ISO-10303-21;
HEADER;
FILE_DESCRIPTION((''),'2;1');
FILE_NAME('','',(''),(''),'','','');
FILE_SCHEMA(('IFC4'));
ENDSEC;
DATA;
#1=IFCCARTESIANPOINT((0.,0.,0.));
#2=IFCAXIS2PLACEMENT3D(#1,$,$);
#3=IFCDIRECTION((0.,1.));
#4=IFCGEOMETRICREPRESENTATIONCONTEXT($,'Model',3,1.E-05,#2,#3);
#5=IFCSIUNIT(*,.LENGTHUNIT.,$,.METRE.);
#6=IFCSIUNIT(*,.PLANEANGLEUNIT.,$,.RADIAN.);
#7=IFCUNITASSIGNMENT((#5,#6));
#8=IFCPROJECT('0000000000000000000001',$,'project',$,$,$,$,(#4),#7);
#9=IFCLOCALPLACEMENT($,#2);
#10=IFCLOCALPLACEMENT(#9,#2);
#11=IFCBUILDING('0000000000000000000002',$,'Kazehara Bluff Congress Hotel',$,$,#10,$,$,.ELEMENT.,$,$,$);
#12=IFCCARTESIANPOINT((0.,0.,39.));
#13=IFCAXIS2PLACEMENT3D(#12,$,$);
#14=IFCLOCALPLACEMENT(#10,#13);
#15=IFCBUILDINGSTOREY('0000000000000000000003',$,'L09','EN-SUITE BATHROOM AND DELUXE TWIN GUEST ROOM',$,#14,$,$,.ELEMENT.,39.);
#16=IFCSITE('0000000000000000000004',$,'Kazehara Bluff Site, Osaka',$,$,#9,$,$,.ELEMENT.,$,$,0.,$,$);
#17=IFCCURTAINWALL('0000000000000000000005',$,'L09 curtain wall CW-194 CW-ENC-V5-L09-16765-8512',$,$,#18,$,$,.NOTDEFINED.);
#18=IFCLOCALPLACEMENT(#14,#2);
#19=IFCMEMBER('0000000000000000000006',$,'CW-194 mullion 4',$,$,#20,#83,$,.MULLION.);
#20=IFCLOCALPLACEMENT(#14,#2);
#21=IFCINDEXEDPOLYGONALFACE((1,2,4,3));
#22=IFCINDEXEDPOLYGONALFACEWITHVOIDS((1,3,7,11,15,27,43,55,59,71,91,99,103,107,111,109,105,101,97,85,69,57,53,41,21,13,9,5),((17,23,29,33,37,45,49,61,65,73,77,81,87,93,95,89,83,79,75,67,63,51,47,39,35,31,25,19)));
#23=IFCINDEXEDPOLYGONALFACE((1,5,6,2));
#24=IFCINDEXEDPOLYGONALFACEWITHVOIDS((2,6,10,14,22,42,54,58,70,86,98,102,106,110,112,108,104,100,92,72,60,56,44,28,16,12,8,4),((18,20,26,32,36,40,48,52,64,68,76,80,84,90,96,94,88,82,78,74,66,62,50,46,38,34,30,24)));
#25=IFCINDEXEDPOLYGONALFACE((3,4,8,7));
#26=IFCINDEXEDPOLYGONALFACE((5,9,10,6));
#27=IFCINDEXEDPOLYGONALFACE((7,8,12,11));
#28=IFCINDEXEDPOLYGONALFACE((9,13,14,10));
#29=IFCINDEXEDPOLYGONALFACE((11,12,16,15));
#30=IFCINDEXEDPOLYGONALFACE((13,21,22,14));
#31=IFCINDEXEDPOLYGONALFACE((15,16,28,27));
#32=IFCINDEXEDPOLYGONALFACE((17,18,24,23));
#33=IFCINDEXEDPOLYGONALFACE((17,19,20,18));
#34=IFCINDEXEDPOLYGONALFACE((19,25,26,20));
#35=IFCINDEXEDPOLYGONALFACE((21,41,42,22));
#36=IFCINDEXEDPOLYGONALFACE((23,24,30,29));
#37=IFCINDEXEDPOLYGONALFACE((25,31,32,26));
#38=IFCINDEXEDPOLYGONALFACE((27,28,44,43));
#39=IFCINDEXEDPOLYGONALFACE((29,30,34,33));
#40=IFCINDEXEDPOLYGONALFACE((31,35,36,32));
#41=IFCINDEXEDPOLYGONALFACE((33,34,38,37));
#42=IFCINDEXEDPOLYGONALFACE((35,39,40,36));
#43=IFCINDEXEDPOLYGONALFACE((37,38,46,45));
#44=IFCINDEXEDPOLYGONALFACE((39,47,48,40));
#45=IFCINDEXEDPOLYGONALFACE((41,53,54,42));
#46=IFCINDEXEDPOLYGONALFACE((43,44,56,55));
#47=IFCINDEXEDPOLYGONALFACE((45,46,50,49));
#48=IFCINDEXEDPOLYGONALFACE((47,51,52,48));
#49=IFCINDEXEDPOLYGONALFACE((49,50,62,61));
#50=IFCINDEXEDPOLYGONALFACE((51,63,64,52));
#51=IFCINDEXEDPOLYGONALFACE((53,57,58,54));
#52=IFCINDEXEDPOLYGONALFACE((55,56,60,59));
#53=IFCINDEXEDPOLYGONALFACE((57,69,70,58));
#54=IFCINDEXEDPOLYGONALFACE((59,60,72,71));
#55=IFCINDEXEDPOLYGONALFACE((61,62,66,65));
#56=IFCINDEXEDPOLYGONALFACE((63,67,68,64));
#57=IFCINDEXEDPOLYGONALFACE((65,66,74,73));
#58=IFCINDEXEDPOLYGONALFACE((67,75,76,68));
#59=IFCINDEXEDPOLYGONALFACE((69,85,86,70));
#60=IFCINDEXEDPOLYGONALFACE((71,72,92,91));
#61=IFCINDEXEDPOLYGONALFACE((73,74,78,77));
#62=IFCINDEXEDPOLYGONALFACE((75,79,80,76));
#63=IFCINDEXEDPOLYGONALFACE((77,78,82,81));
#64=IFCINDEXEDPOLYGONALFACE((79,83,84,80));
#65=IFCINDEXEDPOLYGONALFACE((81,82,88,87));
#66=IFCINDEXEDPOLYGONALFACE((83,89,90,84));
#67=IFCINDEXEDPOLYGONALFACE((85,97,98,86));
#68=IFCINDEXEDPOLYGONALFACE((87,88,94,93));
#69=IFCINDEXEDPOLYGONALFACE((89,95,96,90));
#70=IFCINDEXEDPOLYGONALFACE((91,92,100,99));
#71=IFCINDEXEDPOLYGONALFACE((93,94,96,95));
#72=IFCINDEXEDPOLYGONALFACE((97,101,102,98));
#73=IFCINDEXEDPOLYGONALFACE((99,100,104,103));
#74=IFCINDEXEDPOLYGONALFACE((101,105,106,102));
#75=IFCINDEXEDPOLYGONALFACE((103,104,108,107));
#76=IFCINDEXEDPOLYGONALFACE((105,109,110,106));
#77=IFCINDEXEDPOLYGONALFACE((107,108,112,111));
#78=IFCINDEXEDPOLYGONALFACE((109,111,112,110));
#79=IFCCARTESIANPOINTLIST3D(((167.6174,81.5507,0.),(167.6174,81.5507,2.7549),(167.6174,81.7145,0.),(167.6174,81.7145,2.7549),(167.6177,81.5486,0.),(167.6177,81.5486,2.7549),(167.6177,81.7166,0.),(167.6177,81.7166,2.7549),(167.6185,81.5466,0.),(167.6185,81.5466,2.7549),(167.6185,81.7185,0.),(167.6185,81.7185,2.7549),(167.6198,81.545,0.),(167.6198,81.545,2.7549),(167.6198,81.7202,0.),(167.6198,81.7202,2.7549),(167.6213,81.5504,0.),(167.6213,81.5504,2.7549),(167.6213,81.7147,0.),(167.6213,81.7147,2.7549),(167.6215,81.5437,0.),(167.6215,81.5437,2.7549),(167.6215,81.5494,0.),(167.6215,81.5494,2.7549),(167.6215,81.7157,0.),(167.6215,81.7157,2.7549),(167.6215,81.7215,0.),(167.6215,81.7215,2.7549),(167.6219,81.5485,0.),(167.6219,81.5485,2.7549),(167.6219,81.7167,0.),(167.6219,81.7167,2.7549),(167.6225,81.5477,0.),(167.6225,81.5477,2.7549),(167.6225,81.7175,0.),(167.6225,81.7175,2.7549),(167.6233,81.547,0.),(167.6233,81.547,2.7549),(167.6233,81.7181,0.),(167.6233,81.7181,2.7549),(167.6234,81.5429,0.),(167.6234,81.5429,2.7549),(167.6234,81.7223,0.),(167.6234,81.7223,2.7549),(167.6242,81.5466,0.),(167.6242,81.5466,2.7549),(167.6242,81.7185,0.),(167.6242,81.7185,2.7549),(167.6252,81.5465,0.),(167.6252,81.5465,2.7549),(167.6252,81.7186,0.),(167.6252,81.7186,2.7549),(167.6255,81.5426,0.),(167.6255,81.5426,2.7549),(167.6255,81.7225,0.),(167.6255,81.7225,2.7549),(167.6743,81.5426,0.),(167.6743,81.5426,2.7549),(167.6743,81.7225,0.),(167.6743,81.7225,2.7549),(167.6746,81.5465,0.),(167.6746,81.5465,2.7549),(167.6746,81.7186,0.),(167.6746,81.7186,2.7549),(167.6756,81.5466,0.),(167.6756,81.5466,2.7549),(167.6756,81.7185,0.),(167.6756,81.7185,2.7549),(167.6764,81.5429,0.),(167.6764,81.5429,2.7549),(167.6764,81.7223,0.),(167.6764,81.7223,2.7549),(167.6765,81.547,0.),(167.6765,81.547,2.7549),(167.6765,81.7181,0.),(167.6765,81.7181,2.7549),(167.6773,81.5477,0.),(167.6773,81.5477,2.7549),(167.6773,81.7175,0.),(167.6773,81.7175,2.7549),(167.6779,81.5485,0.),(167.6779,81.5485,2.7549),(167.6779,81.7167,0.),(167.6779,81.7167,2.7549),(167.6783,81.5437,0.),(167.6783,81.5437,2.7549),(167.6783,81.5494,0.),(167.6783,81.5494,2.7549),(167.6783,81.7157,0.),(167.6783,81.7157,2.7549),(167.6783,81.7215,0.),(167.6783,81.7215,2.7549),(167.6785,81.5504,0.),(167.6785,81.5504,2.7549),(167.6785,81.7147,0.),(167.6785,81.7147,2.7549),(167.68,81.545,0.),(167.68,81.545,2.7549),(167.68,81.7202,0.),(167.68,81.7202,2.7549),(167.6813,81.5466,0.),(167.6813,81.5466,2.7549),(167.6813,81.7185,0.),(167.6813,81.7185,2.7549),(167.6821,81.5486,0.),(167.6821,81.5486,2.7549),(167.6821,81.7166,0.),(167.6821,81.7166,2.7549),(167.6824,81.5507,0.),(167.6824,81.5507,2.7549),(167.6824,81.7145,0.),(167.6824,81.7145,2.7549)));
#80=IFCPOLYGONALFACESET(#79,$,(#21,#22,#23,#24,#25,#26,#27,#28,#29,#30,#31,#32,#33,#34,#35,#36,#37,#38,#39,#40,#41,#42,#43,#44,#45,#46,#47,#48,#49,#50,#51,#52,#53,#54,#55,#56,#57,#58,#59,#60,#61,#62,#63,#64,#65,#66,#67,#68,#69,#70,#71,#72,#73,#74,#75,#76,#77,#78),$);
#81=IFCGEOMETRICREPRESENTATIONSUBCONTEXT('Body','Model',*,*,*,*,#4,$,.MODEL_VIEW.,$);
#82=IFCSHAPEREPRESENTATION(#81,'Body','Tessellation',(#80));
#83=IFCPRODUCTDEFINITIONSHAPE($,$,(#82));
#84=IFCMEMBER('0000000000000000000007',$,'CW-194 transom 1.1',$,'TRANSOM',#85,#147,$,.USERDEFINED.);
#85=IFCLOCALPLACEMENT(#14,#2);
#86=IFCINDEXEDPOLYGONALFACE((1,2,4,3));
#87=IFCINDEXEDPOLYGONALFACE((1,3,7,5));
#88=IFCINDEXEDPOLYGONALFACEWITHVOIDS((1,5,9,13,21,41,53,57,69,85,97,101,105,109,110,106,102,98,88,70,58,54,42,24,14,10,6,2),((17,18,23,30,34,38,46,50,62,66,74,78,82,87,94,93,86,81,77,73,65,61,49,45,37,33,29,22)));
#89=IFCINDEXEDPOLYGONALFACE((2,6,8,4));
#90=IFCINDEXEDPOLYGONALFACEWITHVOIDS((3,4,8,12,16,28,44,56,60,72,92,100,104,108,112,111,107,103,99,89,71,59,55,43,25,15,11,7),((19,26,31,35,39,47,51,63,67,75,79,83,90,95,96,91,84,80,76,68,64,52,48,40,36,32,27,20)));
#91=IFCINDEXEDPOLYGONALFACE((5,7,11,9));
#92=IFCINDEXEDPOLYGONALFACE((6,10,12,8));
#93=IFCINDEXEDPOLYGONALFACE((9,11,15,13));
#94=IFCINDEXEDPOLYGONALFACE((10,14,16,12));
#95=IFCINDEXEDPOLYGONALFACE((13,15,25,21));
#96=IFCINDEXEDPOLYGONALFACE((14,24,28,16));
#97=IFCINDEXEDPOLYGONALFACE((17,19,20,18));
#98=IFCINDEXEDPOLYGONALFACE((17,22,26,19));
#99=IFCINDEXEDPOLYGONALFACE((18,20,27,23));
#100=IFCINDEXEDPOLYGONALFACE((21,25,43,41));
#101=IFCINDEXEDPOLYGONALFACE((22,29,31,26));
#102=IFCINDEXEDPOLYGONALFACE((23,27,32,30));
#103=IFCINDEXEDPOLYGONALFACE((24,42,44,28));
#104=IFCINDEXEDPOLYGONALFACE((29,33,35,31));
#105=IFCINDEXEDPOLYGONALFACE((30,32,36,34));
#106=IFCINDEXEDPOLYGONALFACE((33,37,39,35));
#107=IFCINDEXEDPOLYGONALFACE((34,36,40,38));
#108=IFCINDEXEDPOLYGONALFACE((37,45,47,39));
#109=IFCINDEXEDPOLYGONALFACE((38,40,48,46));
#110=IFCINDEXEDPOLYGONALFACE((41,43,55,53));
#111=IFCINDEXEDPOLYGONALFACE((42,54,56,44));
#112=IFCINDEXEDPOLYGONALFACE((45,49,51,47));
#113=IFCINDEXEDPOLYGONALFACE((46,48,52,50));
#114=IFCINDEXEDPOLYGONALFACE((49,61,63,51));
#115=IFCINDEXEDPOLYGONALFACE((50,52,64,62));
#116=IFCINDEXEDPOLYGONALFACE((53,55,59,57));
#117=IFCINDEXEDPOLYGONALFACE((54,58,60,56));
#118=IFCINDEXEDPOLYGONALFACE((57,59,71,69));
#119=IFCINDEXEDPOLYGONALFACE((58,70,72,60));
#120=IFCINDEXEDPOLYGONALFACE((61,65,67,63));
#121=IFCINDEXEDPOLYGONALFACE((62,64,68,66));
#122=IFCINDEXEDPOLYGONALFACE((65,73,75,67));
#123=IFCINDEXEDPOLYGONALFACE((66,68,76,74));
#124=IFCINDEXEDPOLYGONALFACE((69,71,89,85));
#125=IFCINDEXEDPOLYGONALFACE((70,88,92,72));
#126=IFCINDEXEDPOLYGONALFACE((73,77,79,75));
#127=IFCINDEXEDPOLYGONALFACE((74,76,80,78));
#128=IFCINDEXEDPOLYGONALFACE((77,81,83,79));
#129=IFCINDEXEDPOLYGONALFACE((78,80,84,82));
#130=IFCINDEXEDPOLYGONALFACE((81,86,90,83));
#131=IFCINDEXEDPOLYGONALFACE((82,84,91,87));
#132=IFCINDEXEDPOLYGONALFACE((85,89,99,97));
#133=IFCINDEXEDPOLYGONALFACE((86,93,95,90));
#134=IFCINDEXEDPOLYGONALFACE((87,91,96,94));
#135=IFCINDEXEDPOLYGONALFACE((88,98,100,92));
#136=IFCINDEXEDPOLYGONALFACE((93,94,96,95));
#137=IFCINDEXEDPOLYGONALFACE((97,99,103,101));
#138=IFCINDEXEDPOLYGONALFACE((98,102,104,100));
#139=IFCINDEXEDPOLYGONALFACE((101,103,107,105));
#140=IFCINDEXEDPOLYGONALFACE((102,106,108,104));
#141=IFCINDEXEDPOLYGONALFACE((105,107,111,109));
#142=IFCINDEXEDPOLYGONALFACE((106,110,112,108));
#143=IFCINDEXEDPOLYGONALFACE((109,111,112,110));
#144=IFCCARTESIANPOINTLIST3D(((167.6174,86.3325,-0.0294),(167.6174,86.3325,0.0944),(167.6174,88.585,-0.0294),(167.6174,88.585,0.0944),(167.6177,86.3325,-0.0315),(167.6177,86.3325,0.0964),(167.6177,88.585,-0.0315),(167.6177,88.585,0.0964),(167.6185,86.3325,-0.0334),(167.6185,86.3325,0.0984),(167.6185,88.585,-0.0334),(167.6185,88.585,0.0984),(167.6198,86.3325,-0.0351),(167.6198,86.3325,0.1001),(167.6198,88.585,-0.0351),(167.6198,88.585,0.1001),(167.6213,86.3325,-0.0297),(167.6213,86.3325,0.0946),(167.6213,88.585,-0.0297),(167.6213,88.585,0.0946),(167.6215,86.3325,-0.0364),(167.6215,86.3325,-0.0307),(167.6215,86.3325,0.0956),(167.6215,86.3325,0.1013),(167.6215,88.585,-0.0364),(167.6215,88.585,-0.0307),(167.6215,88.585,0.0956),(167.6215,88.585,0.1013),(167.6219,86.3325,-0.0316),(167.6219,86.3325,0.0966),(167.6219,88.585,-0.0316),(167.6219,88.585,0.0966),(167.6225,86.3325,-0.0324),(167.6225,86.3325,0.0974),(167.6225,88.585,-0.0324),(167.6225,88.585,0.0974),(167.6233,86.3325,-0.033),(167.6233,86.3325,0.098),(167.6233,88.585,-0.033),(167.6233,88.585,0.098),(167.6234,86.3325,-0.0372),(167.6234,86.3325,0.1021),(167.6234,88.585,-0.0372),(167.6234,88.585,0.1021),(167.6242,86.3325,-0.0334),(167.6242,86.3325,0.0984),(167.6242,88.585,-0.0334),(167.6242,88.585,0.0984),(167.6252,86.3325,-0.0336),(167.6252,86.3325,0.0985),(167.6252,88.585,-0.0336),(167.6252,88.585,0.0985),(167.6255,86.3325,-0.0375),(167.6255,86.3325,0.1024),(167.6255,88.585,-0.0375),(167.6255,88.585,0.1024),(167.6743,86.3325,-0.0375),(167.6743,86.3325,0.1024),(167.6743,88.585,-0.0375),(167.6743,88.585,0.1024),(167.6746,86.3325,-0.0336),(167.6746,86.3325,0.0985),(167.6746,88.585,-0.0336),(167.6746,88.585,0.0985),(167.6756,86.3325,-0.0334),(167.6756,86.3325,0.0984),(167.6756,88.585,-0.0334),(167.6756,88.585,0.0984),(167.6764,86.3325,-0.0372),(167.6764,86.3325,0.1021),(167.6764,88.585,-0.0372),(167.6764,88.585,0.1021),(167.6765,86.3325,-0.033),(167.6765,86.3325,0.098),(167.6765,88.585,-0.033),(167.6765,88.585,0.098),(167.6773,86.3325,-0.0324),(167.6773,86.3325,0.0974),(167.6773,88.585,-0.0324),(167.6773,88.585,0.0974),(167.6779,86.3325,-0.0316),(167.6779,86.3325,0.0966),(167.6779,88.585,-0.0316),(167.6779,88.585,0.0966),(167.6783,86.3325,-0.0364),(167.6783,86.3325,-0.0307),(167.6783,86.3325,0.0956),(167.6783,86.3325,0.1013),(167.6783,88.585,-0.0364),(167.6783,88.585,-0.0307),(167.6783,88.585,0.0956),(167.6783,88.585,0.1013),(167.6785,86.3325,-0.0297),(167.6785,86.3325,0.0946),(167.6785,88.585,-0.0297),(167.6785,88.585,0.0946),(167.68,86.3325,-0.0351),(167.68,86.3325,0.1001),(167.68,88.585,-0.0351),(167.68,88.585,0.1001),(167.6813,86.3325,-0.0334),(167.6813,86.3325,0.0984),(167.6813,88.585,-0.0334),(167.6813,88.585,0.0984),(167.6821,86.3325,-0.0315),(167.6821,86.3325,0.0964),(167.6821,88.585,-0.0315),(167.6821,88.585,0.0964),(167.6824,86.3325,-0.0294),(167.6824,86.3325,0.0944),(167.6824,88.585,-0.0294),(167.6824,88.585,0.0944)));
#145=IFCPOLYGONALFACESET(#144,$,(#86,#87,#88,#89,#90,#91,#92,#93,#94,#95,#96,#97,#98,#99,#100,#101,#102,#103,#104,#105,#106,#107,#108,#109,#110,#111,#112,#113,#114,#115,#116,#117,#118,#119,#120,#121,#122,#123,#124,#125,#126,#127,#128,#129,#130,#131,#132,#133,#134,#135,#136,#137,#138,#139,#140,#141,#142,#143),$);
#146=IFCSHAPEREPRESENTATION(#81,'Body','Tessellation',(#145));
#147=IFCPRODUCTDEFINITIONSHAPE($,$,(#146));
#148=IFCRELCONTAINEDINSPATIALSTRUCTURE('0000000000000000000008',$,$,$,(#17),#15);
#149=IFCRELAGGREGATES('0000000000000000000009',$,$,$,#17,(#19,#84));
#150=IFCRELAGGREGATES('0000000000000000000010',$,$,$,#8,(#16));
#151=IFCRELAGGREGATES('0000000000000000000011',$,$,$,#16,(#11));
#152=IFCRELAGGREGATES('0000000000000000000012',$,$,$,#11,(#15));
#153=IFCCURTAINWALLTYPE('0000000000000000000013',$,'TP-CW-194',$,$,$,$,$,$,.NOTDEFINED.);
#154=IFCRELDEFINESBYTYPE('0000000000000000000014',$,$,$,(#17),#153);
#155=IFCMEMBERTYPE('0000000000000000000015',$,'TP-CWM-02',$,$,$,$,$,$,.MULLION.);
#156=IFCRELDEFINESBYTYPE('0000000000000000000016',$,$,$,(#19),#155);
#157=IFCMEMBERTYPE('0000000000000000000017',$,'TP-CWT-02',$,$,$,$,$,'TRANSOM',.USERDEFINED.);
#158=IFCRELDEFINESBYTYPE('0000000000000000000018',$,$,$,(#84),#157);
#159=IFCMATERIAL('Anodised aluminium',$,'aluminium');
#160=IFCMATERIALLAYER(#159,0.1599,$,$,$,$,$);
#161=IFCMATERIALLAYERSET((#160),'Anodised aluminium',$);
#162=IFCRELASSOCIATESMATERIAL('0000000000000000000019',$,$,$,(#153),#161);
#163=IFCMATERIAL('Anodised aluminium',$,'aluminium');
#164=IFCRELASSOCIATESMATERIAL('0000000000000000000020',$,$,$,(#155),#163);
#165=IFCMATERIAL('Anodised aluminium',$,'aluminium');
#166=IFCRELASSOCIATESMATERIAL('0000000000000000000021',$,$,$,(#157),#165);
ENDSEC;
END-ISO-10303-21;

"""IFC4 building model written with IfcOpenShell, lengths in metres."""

from ifc_helpers import new_model, si_unit, direction, frame, origin, origin_2d, place, context, subcontext, project, spatial, hollow_rectangle, extrude, material, layer, layer_set, material_profile, profile_set, type_object, element, aggregate, save


model = new_model("IFC4")

# Units and contexts
model_context = context("Model", 3, precision=1e-05, world=origin(), true_north=direction((0.0, 1.0)))
body_context = subcontext(model_context, "Body", "Model", "MODEL_VIEW")
ifc_project = project(units=[si_unit("LENGTHUNIT", "METRE"), si_unit("PLANEANGLEUNIT", "RADIAN")], contexts=[model_context])

# Site, building, storey
site_placement = place(None, origin())
site = spatial("IfcSite", under=ifc_project, at=site_placement, Name="Kazehara Bluff Site, Osaka", CompositionType="ELEMENT", RefElevation=0.0)
building_placement = place(site_placement, origin())
building = spatial("IfcBuilding", under=site, at=building_placement, Name="Kazehara Bluff Congress Hotel", CompositionType="ELEMENT")
storey_placement = place(building_placement, frame((0.0, 0.0, 39.0)))
storey = spatial("IfcBuildingStorey", under=building, at=storey_placement, Name="L09", Description="EN-SUITE BATHROOM AND DELUXE TWIN GUEST ROOM", CompositionType="ELEMENT", Elevation=39.0)

# Curtain wall, members
ifc_material_1 = material(Name="Anodised aluminium", Category="aluminium")
ifc_layer_1 = layer(ifc_material_1, 0.1599)
ifc_layer_set_1 = layer_set([ifc_layer_1], Name="Anodised aluminium")
curtain_wall_type = type_object("IfcCurtainWallType", Name="TP-CW-194", PredefinedType="NOTDEFINED", material=ifc_layer_set_1)
curtain_wall_placement = place(storey_placement, origin())
curtain_wall = element("IfcCurtainWall", 1, at=curtain_wall_placement, inside=storey, type_object=curtain_wall_type, Name="L09 curtain wall CW-194 CW-ENC-V5-L09-16765-8512", PredefinedType="NOTDEFINED")
ifc_material_2 = material(Name="Anodised aluminium", Category="aluminium")
ifc_material_profile_1 = material_profile(ifc_material_2, hollow_rectangle(XDim=0.0649, YDim=0.1799, WallThickness=0.0039, InnerFilletRadius=0.0039, OuterFilletRadius=0.0081, at=origin_2d()))
ifc_profile_set_1 = profile_set([ifc_material_profile_1], Name="Anodised aluminium")
member_type_1 = type_object("IfcMemberType", Name="TP-CWM-02", PredefinedType="MULLION", material=ifc_profile_set_1)
member_1_placement = place(storey_placement, frame((167.6499, 81.6326, 0.0), z_axis=(0.0, 0.0, 1.0), x_axis=(1.0, 0.0, 0.0)))
member_1 = element("IfcMember", 2, at=member_1_placement, type_object=member_type_1, Name="CW-194 mullion 4", PredefinedType="MULLION", context=body_context, shape_type="SweptSolid", body=[
    extrude(hollow_rectangle(XDim=0.0649, YDim=0.1799, WallThickness=0.0039, InnerFilletRadius=0.0039, OuterFilletRadius=0.0081, at=origin_2d()), origin(), (0.0, 0.0, 1.0), 2.7549),
])
ifc_material_3 = material(Name="Anodised aluminium", Category="aluminium")
ifc_material_profile_2 = material_profile(ifc_material_3, hollow_rectangle(XDim=0.0649, YDim=0.1399, WallThickness=0.0039, InnerFilletRadius=0.0039, OuterFilletRadius=0.0081, at=origin_2d()))
ifc_profile_set_2 = profile_set([ifc_material_profile_2], Name="Anodised aluminium")
member_type_2 = type_object("IfcMemberType", Name="TP-CWT-02", ElementType="TRANSOM", PredefinedType="USERDEFINED", material=ifc_profile_set_2)
member_2_placement = place(storey_placement, frame((167.6499, 88.585, 0.0325), z_axis=(0.0, -1.0, 0.0), x_axis=(1.0, 0.0, 0.0)))
member_2 = element("IfcMember", 3, at=member_2_placement, type_object=member_type_2, Name="CW-194 transom 1.1", ObjectType="TRANSOM", PredefinedType="USERDEFINED", context=body_context, shape_type="SweptSolid", body=[
    extrude(hollow_rectangle(XDim=0.0649, YDim=0.1399, WallThickness=0.0039, InnerFilletRadius=0.0039, OuterFilletRadius=0.0081, at=origin_2d()), origin(), (0.0, 0.0, 1.0), 2.2524),
])
aggregate(curtain_wall, [member_1, member_2])

save(model, "model.ifc")
